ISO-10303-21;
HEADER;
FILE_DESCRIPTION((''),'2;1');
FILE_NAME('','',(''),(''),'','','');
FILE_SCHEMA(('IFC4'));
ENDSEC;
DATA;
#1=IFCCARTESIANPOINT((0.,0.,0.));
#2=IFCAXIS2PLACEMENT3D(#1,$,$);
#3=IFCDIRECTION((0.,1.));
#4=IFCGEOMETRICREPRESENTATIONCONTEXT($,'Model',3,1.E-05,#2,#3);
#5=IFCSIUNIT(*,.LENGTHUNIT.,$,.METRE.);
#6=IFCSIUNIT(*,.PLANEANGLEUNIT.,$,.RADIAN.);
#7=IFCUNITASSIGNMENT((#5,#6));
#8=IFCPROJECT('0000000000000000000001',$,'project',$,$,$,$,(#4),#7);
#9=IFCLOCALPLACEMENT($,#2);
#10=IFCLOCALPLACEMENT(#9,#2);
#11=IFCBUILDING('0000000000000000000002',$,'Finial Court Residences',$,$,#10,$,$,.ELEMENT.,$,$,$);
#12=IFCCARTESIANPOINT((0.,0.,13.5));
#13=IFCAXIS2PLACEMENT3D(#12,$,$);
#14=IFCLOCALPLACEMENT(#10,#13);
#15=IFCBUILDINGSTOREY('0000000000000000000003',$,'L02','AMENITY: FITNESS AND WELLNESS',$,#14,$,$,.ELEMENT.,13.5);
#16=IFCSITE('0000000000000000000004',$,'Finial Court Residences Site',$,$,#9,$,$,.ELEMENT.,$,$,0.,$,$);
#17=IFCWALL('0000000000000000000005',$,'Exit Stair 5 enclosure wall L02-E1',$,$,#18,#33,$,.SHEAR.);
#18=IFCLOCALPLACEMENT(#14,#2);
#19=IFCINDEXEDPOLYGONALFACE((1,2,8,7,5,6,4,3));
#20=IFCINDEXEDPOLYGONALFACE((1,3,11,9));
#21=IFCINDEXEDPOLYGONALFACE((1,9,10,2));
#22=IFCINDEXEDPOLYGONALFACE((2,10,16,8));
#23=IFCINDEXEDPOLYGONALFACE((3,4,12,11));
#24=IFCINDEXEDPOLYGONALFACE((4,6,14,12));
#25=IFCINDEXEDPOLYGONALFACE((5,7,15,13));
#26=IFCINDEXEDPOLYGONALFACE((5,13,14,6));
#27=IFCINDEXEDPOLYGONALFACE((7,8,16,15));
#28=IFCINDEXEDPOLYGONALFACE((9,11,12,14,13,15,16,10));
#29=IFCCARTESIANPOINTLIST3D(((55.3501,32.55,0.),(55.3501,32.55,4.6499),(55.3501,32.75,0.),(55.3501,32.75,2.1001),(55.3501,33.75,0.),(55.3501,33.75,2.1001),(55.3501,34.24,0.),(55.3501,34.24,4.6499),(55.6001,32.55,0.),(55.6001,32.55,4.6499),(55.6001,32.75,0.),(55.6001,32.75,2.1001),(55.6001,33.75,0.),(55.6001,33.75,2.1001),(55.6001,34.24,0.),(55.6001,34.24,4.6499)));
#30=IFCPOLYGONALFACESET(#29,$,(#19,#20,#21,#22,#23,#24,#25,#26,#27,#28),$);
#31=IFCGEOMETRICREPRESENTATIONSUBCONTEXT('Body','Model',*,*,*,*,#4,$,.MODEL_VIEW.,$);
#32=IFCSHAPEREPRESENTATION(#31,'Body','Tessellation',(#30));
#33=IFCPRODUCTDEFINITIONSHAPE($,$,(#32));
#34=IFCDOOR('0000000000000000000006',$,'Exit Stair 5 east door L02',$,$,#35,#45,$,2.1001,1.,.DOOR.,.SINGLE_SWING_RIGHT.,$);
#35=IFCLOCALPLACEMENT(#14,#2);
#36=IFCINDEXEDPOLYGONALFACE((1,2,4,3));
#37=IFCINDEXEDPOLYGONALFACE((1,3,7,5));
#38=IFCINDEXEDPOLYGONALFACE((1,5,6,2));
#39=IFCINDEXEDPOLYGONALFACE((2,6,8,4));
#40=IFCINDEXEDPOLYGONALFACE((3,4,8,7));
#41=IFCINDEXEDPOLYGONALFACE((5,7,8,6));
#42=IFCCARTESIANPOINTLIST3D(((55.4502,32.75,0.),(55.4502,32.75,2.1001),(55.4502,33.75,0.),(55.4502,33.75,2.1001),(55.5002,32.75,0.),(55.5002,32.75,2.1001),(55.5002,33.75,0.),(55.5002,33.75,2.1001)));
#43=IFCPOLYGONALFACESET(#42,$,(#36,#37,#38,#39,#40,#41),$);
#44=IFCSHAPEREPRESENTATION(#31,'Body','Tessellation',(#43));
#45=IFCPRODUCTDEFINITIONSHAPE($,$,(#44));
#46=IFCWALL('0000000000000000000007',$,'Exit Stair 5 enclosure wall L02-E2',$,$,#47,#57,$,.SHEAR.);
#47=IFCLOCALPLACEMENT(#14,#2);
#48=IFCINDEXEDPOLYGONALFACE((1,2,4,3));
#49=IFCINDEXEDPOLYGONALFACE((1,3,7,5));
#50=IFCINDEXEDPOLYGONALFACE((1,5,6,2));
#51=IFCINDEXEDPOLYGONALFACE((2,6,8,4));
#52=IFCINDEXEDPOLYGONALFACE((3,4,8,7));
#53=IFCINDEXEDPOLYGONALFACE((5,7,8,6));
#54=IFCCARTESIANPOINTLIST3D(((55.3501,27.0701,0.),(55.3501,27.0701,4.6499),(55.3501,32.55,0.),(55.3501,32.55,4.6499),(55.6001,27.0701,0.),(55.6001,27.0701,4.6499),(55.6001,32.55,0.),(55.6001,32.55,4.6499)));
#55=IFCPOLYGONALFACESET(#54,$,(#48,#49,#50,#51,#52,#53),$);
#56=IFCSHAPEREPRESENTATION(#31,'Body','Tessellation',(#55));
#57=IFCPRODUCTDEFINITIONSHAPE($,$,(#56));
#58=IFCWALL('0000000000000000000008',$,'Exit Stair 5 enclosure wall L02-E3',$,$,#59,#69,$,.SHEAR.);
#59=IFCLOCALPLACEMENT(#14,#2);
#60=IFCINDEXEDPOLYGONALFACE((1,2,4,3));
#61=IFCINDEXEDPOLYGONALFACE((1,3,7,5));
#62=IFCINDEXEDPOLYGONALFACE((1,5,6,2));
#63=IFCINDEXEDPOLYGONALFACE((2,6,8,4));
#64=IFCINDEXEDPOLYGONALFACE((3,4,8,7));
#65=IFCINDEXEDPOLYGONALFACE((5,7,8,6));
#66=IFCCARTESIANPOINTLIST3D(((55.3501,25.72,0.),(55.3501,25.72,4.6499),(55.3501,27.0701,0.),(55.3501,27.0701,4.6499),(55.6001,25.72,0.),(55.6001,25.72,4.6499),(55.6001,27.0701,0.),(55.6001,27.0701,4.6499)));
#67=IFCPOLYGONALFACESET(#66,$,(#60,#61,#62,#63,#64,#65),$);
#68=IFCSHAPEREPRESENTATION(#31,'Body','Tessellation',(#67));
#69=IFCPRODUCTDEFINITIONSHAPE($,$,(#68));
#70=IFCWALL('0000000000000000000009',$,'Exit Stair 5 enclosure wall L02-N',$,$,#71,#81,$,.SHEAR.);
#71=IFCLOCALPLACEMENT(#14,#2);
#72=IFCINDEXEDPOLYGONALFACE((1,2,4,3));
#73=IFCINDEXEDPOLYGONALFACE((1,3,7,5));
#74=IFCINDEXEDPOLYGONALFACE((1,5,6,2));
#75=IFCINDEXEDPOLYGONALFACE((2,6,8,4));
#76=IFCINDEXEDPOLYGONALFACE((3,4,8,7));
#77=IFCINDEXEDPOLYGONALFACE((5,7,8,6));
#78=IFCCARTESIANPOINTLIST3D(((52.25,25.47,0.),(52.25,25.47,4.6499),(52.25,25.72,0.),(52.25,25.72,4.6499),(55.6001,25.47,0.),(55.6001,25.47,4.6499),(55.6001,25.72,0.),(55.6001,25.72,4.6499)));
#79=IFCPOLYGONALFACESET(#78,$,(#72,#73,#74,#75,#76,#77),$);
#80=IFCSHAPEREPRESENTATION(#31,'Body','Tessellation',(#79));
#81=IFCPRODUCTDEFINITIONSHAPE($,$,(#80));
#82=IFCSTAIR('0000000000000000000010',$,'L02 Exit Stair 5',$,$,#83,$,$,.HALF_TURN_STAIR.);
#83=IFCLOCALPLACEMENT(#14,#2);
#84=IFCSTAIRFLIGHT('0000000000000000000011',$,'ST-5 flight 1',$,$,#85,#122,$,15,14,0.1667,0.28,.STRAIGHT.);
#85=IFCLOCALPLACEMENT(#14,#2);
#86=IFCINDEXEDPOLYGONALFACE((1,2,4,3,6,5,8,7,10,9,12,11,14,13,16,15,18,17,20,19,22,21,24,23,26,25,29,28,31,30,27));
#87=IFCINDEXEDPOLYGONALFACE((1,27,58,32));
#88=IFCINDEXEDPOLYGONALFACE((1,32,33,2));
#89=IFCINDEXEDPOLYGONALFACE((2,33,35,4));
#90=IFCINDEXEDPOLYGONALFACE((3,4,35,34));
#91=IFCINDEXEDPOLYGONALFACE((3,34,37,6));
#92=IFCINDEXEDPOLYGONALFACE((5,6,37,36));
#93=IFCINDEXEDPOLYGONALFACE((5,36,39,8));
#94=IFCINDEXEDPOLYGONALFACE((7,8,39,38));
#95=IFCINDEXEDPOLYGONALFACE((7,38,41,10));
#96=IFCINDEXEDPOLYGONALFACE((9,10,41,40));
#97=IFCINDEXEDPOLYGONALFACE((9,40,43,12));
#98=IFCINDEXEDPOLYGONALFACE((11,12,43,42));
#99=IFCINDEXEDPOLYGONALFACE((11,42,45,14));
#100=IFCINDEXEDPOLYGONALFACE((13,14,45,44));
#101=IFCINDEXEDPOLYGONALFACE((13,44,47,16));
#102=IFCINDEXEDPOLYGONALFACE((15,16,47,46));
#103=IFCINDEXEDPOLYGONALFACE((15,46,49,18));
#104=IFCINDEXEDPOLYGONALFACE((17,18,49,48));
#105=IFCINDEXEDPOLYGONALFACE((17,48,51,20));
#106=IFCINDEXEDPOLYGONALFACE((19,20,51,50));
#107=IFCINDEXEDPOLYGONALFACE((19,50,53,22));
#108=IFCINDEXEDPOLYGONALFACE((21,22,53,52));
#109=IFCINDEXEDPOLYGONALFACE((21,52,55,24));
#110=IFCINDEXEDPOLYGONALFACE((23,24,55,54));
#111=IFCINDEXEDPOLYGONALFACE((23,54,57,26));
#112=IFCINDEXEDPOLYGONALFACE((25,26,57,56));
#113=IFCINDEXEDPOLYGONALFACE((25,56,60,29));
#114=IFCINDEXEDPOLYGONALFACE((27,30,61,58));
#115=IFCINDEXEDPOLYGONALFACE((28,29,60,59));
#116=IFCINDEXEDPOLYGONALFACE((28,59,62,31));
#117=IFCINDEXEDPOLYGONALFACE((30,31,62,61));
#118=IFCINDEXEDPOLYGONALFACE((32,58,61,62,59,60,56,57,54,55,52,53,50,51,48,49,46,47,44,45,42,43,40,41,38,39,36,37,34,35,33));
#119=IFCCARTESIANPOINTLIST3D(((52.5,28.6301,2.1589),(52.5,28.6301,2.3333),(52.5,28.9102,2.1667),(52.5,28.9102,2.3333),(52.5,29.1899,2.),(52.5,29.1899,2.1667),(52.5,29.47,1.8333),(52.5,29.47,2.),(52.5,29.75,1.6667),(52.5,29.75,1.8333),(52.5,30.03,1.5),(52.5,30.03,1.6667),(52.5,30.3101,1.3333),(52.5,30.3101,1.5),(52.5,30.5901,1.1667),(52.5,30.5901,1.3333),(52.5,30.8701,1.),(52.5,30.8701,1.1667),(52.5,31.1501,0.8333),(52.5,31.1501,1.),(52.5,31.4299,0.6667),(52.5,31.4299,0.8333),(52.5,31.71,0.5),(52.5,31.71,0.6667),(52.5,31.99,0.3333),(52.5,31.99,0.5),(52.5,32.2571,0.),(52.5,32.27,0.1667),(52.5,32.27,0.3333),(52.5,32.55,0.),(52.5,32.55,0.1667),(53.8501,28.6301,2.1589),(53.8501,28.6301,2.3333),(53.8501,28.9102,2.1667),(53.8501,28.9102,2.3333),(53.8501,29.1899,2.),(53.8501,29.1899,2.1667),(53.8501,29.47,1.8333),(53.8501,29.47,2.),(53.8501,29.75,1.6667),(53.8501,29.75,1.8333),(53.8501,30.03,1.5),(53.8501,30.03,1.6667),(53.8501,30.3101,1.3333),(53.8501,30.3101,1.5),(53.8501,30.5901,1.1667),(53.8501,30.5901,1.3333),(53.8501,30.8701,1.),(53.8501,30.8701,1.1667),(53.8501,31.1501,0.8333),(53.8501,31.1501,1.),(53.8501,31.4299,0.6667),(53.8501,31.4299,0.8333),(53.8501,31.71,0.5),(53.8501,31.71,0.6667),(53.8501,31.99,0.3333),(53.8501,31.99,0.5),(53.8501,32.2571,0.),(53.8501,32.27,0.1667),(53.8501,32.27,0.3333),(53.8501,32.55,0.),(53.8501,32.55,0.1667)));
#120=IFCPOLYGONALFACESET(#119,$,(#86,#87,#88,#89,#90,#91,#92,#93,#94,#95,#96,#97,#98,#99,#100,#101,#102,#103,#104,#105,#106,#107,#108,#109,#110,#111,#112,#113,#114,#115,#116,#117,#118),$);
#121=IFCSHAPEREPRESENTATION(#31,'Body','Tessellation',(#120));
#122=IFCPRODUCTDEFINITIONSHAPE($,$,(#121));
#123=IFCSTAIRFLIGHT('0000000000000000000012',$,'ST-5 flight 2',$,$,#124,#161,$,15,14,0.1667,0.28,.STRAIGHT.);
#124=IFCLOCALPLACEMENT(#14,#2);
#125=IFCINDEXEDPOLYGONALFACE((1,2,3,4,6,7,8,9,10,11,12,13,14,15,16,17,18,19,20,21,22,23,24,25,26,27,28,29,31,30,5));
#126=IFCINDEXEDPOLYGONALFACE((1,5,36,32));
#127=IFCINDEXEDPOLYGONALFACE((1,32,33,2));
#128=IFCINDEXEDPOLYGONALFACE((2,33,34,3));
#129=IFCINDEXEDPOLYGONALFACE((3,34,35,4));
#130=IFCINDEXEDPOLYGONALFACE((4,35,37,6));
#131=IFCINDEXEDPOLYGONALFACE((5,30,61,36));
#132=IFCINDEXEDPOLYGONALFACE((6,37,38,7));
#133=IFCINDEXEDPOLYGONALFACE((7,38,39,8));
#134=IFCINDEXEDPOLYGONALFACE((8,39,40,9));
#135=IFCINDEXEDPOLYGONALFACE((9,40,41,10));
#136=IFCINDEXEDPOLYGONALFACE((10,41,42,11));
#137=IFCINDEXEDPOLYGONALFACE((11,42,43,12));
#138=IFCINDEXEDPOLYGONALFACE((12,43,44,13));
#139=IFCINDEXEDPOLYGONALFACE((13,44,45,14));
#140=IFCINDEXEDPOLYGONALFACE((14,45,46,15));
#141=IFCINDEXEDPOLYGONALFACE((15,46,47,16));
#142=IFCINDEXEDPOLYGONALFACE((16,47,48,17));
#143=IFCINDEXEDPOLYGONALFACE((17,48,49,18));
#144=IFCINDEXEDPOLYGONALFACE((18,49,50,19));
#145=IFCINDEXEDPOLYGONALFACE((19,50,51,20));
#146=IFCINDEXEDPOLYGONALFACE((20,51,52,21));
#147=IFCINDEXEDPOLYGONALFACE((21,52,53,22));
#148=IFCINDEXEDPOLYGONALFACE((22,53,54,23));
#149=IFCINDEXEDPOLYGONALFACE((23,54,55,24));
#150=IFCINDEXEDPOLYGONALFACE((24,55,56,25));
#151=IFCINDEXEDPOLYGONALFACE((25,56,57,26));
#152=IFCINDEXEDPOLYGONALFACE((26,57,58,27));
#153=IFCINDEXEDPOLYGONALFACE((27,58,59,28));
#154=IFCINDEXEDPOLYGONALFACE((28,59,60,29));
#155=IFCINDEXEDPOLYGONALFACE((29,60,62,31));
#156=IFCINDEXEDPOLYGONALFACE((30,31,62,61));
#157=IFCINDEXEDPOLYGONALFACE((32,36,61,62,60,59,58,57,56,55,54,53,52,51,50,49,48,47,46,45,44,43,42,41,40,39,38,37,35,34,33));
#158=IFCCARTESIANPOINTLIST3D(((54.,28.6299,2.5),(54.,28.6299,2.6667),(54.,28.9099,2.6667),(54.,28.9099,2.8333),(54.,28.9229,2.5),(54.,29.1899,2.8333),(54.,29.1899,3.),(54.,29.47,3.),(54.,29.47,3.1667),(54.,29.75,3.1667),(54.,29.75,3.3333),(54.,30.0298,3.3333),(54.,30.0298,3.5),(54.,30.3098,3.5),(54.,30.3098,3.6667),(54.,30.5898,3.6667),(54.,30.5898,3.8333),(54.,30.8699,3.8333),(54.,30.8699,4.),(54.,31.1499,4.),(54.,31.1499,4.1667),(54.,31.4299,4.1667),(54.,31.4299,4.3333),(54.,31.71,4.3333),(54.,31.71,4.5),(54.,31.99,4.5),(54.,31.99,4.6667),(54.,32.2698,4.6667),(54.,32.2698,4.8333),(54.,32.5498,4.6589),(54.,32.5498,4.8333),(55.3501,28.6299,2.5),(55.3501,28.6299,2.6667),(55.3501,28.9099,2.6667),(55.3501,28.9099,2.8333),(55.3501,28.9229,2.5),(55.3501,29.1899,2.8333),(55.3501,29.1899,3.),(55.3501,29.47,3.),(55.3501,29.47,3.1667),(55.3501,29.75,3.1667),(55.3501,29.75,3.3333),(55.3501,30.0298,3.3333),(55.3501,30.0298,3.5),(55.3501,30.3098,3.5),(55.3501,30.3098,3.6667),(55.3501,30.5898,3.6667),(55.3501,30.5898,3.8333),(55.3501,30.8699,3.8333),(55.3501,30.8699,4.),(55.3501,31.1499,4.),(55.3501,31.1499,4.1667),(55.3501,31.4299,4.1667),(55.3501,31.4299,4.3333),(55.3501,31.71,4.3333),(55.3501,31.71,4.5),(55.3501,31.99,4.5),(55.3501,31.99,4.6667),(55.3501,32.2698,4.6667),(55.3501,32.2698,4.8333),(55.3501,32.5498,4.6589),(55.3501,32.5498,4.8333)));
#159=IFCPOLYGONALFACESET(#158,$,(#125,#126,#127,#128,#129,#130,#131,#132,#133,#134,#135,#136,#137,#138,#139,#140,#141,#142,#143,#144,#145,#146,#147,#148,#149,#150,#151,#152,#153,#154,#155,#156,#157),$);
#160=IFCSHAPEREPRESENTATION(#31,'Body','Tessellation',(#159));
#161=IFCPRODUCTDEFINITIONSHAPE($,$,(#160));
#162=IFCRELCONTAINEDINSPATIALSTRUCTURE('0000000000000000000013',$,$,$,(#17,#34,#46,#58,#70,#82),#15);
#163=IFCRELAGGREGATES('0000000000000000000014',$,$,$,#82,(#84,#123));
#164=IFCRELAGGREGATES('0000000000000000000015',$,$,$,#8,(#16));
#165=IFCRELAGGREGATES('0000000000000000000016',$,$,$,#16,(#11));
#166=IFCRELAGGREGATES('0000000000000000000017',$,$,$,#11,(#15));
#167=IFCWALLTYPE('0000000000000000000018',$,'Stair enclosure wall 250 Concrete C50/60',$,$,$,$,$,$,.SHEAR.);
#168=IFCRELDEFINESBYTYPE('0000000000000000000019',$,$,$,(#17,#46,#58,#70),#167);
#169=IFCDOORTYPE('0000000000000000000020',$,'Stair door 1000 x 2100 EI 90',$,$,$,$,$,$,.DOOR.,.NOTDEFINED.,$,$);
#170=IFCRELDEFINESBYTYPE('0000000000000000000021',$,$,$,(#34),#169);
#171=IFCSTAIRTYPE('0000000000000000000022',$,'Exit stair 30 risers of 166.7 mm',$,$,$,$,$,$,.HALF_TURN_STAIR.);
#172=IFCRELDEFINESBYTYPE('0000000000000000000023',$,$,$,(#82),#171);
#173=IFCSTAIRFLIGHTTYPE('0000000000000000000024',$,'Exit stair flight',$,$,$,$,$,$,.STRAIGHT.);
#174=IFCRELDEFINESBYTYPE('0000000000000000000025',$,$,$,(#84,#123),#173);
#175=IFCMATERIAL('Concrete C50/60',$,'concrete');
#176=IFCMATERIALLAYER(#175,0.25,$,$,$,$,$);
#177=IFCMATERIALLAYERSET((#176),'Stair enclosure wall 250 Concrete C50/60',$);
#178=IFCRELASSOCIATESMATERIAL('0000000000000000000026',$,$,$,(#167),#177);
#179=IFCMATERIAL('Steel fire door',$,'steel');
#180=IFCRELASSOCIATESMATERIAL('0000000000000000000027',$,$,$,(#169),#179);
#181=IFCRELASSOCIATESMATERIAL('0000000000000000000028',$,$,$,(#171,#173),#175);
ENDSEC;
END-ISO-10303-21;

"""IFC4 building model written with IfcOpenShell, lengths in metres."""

from ifc_helpers import new_model, si_unit, direction, frame, frame_2d, origin, place, context, subcontext, project, spatial, polyline, rectangle, outline, extrude, material, layer, layer_set, type_object, element, fill, aggregate, save


model = new_model("IFC4")

# Units and contexts
model_context = context("Model", 3, precision=1e-05, world=origin(), true_north=direction((0.0, 1.0)))
body_context = subcontext(model_context, "Body", "Model", "MODEL_VIEW")
ifc_project = project(units=[si_unit("LENGTHUNIT", "METRE"), si_unit("PLANEANGLEUNIT", "RADIAN")], contexts=[model_context])

# Site, building, storey
site_placement = place(None, origin())
site = spatial("IfcSite", under=ifc_project, at=site_placement, Name="Finial Court Residences Site", CompositionType="ELEMENT", RefElevation=0.0)
building_placement = place(site_placement, origin())
building = spatial("IfcBuilding", under=site, at=building_placement, Name="Finial Court Residences", CompositionType="ELEMENT")
storey_placement = place(building_placement, frame((0.0, 0.0, 13.5)))
storey = spatial("IfcBuildingStorey", under=building, at=storey_placement, Name="L02", Description="AMENITY: FITNESS AND WELLNESS", CompositionType="ELEMENT", Elevation=13.5)

# Shared definitions
ifc_material_1 = material(Name="Concrete C50/60", Category="concrete")

# Shared definitions
ifc_layer_1 = layer(ifc_material_1, 0.25)
ifc_layer_set_1 = layer_set([ifc_layer_1], Name="Stair enclosure wall 250 Concrete C50/60")
wall_type_1 = type_object("IfcWallType", Name="Stair enclosure wall 250 Concrete C50/60", PredefinedType="SHEAR", material=ifc_layer_set_1)
ifc_material_2 = material(Name="Steel fire door", Category="steel")
door_type_1 = type_object("IfcDoorType", Name="Stair door 1000 x 2100 EI 90", OperationType="NOTDEFINED", PredefinedType="DOOR", material=ifc_material_2)

# Wall, opening, door
wall_1_placement = place(storey_placement, frame((55.4751, 32.55, 0.0), z_axis=(0.0, 0.0, 1.0), x_axis=(0.0, 1.0, 0.0)))
wall_1 = element("IfcWall", 1, at=wall_1_placement, inside=storey, type_object=wall_type_1, Name="Exit Stair 5 enclosure wall L02-E1", PredefinedType="SHEAR", context=body_context, shape_type="SweptSolid", body=[
    extrude(rectangle(XDim=1.6899, YDim=0.25, at=frame_2d((0.845, 0.0))), origin(), (0.0, 0.0, 1.0), 4.6499),
])
opening_1_placement = place(wall_1_placement, frame((0.2, 0.0, 0.0)))
opening_1 = element("IfcOpeningElement", 2, at=opening_1_placement, cuts=wall_1, PredefinedType="OPENING", context=body_context, shape_type="SweptSolid", body=[
    extrude(rectangle(XDim=1.0, YDim=2.1001, at=frame_2d((0.5, 1.05))), frame((0.0, 0.135, 0.0), z_axis=(0.0, -1.0, 0.0), x_axis=(1.0, 0.0, 0.0)), (0.0, 0.0, 1.0), 0.27),
])
door_1_placement = place(opening_1_placement, origin())
door_1 = element("IfcDoor", 3, at=door_1_placement, inside=storey, type_object=door_type_1, Name="Exit Stair 5 east door L02", OperationType="SINGLE_SWING_RIGHT", OverallHeight=2.1001, OverallWidth=1.0, PredefinedType="DOOR", context=body_context, shape_type="SweptSolid", body=[
    extrude(rectangle(XDim=1.0, YDim=2.1001, at=frame_2d((0.5, 1.05))), frame((0.0, 0.0249, 0.0), z_axis=(0.0, -1.0, 0.0), x_axis=(1.0, 0.0, 0.0)), (0.0, 0.0, 1.0), 0.05),
])
fill(opening_1, door_1)

# Walls
wall_2_placement = place(storey_placement, frame((55.4751, 27.0701, 0.0), z_axis=(0.0, 0.0, 1.0), x_axis=(0.0, 1.0, 0.0)))
element("IfcWall", 4, at=wall_2_placement, inside=storey, type_object=wall_type_1, Name="Exit Stair 5 enclosure wall L02-E2", PredefinedType="SHEAR", context=body_context, shape_type="SweptSolid", body=[
    extrude(rectangle(XDim=5.48, YDim=0.25, at=frame_2d((2.74, 0.0))), origin(), (0.0, 0.0, 1.0), 4.6499),
])
wall_3_placement = place(storey_placement, frame((55.4751, 25.72, 0.0), z_axis=(0.0, 0.0, 1.0), x_axis=(0.0, 1.0, 0.0)))
element("IfcWall", 5, at=wall_3_placement, inside=storey, type_object=wall_type_1, Name="Exit Stair 5 enclosure wall L02-E3", PredefinedType="SHEAR", context=body_context, shape_type="SweptSolid", body=[
    extrude(rectangle(XDim=1.3501, YDim=0.25, at=frame_2d((0.675, 0.0))), origin(), (0.0, 0.0, 1.0), 4.6499),
])
wall_4_placement = place(storey_placement, frame((52.25, 25.595, 0.0), z_axis=(0.0, 0.0, 1.0), x_axis=(1.0, 0.0, 0.0)))
element("IfcWall", 6, at=wall_4_placement, inside=storey, type_object=wall_type_1, Name="Exit Stair 5 enclosure wall L02-N", PredefinedType="SHEAR", context=body_context, shape_type="SweptSolid", body=[
    extrude(rectangle(XDim=3.3501, YDim=0.25, at=frame_2d((1.675, 0.0))), origin(), (0.0, 0.0, 1.0), 4.6499),
])

# Stair, stair flights
stair_type = type_object("IfcStairType", Name="Exit stair 30 risers of 166.7 mm", PredefinedType="HALF_TURN_STAIR", material=ifc_material_1)
stair_placement = place(storey_placement, origin())
stair = element("IfcStair", 7, at=stair_placement, inside=storey, type_object=stair_type, Name="L02 Exit Stair 5", PredefinedType="HALF_TURN_STAIR")
stair_flight_type = type_object("IfcStairFlightType", Name="Exit stair flight", PredefinedType="STRAIGHT", material=ifc_material_1)
stair_flight_1_placement = place(storey_placement, frame((53.175, 32.55, 0.0), z_axis=(0.0, 0.0, 1.0), x_axis=(0.0, -1.0, 0.0)))
stair_flight_1 = element("IfcStairFlight", 8, at=stair_flight_1_placement, type_object=stair_flight_type, Name="ST-5 flight 1", NumberOfRisers=15, NumberOfTreads=14, PredefinedType="STRAIGHT", RiserHeight=0.1667, TreadLength=0.28, context=body_context, shape_type="SweptSolid", body=[
    extrude(outline(polyline([(0.0, 0.0), (0.0, 0.1667), (0.28, 0.1667), (0.28, 0.3333), (0.5601, 0.3333), (0.5601, 0.5), (0.8401, 0.5), (0.8401, 0.6667), (1.1201, 0.6667), (1.1201, 0.8333), (1.3999, 0.8333), (1.3999, 1.0), (1.6799, 1.0), (1.6799, 1.1667), (1.96, 1.1667), (1.96, 1.3333), (2.24, 1.3333), (2.24, 1.5), (2.52, 1.5), (2.52, 1.6667), (2.8, 1.6667), (2.8, 1.8333), (3.0801, 1.8333), (3.0801, 2.0), (3.3601, 2.0), (3.3601, 2.1667), (3.6399, 2.1667), (3.6399, 2.3333), (3.9199, 2.3333), (3.9199, 2.5), (3.9199, 2.1589), (0.293, 0.0), (0.0, 0.0)])), frame((0.0, 0.675, 0.0), z_axis=(0.0, -1.0, 0.0), x_axis=(1.0, 0.0, 0.0)), (0.0, 0.0, 1.0), 1.3501),
])
stair_flight_2_placement = place(storey_placement, frame((54.675, 28.6299, 2.5), z_axis=(0.0, 0.0, 1.0), x_axis=(0.0, 1.0, 0.0)))
stair_flight_2 = element("IfcStairFlight", 9, at=stair_flight_2_placement, type_object=stair_flight_type, Name="ST-5 flight 2", NumberOfRisers=15, NumberOfTreads=14, PredefinedType="STRAIGHT", RiserHeight=0.1667, TreadLength=0.28, context=body_context, shape_type="SweptSolid", body=[
    extrude(outline(polyline([(0.0, 0.0), (0.0, 0.1667), (0.28, 0.1667), (0.28, 0.3333), (0.5601, 0.3333), (0.5601, 0.5), (0.8401, 0.5), (0.8401, 0.6667), (1.1201, 0.6667), (1.1201, 0.8333), (1.3999, 0.8333), (1.3999, 1.0), (1.6799, 1.0), (1.6799, 1.1667), (1.96, 1.1667), (1.96, 1.3333), (2.24, 1.3333), (2.24, 1.5), (2.52, 1.5), (2.52, 1.6667), (2.8, 1.6667), (2.8, 1.8333), (3.0801, 1.8333), (3.0801, 2.0), (3.3601, 2.0), (3.3601, 2.1667), (3.6399, 2.1667), (3.6399, 2.3333), (3.9199, 2.3333), (3.9199, 2.5), (3.9199, 2.1589), (0.293, 0.0), (0.0, 0.0)])), frame((0.0, 0.675, 0.0), z_axis=(0.0, -1.0, 0.0), x_axis=(1.0, 0.0, 0.0)), (0.0, 0.0, 1.0), 1.3501),
])
aggregate(stair, [stair_flight_1, stair_flight_2])

save(model, "model.ifc")
